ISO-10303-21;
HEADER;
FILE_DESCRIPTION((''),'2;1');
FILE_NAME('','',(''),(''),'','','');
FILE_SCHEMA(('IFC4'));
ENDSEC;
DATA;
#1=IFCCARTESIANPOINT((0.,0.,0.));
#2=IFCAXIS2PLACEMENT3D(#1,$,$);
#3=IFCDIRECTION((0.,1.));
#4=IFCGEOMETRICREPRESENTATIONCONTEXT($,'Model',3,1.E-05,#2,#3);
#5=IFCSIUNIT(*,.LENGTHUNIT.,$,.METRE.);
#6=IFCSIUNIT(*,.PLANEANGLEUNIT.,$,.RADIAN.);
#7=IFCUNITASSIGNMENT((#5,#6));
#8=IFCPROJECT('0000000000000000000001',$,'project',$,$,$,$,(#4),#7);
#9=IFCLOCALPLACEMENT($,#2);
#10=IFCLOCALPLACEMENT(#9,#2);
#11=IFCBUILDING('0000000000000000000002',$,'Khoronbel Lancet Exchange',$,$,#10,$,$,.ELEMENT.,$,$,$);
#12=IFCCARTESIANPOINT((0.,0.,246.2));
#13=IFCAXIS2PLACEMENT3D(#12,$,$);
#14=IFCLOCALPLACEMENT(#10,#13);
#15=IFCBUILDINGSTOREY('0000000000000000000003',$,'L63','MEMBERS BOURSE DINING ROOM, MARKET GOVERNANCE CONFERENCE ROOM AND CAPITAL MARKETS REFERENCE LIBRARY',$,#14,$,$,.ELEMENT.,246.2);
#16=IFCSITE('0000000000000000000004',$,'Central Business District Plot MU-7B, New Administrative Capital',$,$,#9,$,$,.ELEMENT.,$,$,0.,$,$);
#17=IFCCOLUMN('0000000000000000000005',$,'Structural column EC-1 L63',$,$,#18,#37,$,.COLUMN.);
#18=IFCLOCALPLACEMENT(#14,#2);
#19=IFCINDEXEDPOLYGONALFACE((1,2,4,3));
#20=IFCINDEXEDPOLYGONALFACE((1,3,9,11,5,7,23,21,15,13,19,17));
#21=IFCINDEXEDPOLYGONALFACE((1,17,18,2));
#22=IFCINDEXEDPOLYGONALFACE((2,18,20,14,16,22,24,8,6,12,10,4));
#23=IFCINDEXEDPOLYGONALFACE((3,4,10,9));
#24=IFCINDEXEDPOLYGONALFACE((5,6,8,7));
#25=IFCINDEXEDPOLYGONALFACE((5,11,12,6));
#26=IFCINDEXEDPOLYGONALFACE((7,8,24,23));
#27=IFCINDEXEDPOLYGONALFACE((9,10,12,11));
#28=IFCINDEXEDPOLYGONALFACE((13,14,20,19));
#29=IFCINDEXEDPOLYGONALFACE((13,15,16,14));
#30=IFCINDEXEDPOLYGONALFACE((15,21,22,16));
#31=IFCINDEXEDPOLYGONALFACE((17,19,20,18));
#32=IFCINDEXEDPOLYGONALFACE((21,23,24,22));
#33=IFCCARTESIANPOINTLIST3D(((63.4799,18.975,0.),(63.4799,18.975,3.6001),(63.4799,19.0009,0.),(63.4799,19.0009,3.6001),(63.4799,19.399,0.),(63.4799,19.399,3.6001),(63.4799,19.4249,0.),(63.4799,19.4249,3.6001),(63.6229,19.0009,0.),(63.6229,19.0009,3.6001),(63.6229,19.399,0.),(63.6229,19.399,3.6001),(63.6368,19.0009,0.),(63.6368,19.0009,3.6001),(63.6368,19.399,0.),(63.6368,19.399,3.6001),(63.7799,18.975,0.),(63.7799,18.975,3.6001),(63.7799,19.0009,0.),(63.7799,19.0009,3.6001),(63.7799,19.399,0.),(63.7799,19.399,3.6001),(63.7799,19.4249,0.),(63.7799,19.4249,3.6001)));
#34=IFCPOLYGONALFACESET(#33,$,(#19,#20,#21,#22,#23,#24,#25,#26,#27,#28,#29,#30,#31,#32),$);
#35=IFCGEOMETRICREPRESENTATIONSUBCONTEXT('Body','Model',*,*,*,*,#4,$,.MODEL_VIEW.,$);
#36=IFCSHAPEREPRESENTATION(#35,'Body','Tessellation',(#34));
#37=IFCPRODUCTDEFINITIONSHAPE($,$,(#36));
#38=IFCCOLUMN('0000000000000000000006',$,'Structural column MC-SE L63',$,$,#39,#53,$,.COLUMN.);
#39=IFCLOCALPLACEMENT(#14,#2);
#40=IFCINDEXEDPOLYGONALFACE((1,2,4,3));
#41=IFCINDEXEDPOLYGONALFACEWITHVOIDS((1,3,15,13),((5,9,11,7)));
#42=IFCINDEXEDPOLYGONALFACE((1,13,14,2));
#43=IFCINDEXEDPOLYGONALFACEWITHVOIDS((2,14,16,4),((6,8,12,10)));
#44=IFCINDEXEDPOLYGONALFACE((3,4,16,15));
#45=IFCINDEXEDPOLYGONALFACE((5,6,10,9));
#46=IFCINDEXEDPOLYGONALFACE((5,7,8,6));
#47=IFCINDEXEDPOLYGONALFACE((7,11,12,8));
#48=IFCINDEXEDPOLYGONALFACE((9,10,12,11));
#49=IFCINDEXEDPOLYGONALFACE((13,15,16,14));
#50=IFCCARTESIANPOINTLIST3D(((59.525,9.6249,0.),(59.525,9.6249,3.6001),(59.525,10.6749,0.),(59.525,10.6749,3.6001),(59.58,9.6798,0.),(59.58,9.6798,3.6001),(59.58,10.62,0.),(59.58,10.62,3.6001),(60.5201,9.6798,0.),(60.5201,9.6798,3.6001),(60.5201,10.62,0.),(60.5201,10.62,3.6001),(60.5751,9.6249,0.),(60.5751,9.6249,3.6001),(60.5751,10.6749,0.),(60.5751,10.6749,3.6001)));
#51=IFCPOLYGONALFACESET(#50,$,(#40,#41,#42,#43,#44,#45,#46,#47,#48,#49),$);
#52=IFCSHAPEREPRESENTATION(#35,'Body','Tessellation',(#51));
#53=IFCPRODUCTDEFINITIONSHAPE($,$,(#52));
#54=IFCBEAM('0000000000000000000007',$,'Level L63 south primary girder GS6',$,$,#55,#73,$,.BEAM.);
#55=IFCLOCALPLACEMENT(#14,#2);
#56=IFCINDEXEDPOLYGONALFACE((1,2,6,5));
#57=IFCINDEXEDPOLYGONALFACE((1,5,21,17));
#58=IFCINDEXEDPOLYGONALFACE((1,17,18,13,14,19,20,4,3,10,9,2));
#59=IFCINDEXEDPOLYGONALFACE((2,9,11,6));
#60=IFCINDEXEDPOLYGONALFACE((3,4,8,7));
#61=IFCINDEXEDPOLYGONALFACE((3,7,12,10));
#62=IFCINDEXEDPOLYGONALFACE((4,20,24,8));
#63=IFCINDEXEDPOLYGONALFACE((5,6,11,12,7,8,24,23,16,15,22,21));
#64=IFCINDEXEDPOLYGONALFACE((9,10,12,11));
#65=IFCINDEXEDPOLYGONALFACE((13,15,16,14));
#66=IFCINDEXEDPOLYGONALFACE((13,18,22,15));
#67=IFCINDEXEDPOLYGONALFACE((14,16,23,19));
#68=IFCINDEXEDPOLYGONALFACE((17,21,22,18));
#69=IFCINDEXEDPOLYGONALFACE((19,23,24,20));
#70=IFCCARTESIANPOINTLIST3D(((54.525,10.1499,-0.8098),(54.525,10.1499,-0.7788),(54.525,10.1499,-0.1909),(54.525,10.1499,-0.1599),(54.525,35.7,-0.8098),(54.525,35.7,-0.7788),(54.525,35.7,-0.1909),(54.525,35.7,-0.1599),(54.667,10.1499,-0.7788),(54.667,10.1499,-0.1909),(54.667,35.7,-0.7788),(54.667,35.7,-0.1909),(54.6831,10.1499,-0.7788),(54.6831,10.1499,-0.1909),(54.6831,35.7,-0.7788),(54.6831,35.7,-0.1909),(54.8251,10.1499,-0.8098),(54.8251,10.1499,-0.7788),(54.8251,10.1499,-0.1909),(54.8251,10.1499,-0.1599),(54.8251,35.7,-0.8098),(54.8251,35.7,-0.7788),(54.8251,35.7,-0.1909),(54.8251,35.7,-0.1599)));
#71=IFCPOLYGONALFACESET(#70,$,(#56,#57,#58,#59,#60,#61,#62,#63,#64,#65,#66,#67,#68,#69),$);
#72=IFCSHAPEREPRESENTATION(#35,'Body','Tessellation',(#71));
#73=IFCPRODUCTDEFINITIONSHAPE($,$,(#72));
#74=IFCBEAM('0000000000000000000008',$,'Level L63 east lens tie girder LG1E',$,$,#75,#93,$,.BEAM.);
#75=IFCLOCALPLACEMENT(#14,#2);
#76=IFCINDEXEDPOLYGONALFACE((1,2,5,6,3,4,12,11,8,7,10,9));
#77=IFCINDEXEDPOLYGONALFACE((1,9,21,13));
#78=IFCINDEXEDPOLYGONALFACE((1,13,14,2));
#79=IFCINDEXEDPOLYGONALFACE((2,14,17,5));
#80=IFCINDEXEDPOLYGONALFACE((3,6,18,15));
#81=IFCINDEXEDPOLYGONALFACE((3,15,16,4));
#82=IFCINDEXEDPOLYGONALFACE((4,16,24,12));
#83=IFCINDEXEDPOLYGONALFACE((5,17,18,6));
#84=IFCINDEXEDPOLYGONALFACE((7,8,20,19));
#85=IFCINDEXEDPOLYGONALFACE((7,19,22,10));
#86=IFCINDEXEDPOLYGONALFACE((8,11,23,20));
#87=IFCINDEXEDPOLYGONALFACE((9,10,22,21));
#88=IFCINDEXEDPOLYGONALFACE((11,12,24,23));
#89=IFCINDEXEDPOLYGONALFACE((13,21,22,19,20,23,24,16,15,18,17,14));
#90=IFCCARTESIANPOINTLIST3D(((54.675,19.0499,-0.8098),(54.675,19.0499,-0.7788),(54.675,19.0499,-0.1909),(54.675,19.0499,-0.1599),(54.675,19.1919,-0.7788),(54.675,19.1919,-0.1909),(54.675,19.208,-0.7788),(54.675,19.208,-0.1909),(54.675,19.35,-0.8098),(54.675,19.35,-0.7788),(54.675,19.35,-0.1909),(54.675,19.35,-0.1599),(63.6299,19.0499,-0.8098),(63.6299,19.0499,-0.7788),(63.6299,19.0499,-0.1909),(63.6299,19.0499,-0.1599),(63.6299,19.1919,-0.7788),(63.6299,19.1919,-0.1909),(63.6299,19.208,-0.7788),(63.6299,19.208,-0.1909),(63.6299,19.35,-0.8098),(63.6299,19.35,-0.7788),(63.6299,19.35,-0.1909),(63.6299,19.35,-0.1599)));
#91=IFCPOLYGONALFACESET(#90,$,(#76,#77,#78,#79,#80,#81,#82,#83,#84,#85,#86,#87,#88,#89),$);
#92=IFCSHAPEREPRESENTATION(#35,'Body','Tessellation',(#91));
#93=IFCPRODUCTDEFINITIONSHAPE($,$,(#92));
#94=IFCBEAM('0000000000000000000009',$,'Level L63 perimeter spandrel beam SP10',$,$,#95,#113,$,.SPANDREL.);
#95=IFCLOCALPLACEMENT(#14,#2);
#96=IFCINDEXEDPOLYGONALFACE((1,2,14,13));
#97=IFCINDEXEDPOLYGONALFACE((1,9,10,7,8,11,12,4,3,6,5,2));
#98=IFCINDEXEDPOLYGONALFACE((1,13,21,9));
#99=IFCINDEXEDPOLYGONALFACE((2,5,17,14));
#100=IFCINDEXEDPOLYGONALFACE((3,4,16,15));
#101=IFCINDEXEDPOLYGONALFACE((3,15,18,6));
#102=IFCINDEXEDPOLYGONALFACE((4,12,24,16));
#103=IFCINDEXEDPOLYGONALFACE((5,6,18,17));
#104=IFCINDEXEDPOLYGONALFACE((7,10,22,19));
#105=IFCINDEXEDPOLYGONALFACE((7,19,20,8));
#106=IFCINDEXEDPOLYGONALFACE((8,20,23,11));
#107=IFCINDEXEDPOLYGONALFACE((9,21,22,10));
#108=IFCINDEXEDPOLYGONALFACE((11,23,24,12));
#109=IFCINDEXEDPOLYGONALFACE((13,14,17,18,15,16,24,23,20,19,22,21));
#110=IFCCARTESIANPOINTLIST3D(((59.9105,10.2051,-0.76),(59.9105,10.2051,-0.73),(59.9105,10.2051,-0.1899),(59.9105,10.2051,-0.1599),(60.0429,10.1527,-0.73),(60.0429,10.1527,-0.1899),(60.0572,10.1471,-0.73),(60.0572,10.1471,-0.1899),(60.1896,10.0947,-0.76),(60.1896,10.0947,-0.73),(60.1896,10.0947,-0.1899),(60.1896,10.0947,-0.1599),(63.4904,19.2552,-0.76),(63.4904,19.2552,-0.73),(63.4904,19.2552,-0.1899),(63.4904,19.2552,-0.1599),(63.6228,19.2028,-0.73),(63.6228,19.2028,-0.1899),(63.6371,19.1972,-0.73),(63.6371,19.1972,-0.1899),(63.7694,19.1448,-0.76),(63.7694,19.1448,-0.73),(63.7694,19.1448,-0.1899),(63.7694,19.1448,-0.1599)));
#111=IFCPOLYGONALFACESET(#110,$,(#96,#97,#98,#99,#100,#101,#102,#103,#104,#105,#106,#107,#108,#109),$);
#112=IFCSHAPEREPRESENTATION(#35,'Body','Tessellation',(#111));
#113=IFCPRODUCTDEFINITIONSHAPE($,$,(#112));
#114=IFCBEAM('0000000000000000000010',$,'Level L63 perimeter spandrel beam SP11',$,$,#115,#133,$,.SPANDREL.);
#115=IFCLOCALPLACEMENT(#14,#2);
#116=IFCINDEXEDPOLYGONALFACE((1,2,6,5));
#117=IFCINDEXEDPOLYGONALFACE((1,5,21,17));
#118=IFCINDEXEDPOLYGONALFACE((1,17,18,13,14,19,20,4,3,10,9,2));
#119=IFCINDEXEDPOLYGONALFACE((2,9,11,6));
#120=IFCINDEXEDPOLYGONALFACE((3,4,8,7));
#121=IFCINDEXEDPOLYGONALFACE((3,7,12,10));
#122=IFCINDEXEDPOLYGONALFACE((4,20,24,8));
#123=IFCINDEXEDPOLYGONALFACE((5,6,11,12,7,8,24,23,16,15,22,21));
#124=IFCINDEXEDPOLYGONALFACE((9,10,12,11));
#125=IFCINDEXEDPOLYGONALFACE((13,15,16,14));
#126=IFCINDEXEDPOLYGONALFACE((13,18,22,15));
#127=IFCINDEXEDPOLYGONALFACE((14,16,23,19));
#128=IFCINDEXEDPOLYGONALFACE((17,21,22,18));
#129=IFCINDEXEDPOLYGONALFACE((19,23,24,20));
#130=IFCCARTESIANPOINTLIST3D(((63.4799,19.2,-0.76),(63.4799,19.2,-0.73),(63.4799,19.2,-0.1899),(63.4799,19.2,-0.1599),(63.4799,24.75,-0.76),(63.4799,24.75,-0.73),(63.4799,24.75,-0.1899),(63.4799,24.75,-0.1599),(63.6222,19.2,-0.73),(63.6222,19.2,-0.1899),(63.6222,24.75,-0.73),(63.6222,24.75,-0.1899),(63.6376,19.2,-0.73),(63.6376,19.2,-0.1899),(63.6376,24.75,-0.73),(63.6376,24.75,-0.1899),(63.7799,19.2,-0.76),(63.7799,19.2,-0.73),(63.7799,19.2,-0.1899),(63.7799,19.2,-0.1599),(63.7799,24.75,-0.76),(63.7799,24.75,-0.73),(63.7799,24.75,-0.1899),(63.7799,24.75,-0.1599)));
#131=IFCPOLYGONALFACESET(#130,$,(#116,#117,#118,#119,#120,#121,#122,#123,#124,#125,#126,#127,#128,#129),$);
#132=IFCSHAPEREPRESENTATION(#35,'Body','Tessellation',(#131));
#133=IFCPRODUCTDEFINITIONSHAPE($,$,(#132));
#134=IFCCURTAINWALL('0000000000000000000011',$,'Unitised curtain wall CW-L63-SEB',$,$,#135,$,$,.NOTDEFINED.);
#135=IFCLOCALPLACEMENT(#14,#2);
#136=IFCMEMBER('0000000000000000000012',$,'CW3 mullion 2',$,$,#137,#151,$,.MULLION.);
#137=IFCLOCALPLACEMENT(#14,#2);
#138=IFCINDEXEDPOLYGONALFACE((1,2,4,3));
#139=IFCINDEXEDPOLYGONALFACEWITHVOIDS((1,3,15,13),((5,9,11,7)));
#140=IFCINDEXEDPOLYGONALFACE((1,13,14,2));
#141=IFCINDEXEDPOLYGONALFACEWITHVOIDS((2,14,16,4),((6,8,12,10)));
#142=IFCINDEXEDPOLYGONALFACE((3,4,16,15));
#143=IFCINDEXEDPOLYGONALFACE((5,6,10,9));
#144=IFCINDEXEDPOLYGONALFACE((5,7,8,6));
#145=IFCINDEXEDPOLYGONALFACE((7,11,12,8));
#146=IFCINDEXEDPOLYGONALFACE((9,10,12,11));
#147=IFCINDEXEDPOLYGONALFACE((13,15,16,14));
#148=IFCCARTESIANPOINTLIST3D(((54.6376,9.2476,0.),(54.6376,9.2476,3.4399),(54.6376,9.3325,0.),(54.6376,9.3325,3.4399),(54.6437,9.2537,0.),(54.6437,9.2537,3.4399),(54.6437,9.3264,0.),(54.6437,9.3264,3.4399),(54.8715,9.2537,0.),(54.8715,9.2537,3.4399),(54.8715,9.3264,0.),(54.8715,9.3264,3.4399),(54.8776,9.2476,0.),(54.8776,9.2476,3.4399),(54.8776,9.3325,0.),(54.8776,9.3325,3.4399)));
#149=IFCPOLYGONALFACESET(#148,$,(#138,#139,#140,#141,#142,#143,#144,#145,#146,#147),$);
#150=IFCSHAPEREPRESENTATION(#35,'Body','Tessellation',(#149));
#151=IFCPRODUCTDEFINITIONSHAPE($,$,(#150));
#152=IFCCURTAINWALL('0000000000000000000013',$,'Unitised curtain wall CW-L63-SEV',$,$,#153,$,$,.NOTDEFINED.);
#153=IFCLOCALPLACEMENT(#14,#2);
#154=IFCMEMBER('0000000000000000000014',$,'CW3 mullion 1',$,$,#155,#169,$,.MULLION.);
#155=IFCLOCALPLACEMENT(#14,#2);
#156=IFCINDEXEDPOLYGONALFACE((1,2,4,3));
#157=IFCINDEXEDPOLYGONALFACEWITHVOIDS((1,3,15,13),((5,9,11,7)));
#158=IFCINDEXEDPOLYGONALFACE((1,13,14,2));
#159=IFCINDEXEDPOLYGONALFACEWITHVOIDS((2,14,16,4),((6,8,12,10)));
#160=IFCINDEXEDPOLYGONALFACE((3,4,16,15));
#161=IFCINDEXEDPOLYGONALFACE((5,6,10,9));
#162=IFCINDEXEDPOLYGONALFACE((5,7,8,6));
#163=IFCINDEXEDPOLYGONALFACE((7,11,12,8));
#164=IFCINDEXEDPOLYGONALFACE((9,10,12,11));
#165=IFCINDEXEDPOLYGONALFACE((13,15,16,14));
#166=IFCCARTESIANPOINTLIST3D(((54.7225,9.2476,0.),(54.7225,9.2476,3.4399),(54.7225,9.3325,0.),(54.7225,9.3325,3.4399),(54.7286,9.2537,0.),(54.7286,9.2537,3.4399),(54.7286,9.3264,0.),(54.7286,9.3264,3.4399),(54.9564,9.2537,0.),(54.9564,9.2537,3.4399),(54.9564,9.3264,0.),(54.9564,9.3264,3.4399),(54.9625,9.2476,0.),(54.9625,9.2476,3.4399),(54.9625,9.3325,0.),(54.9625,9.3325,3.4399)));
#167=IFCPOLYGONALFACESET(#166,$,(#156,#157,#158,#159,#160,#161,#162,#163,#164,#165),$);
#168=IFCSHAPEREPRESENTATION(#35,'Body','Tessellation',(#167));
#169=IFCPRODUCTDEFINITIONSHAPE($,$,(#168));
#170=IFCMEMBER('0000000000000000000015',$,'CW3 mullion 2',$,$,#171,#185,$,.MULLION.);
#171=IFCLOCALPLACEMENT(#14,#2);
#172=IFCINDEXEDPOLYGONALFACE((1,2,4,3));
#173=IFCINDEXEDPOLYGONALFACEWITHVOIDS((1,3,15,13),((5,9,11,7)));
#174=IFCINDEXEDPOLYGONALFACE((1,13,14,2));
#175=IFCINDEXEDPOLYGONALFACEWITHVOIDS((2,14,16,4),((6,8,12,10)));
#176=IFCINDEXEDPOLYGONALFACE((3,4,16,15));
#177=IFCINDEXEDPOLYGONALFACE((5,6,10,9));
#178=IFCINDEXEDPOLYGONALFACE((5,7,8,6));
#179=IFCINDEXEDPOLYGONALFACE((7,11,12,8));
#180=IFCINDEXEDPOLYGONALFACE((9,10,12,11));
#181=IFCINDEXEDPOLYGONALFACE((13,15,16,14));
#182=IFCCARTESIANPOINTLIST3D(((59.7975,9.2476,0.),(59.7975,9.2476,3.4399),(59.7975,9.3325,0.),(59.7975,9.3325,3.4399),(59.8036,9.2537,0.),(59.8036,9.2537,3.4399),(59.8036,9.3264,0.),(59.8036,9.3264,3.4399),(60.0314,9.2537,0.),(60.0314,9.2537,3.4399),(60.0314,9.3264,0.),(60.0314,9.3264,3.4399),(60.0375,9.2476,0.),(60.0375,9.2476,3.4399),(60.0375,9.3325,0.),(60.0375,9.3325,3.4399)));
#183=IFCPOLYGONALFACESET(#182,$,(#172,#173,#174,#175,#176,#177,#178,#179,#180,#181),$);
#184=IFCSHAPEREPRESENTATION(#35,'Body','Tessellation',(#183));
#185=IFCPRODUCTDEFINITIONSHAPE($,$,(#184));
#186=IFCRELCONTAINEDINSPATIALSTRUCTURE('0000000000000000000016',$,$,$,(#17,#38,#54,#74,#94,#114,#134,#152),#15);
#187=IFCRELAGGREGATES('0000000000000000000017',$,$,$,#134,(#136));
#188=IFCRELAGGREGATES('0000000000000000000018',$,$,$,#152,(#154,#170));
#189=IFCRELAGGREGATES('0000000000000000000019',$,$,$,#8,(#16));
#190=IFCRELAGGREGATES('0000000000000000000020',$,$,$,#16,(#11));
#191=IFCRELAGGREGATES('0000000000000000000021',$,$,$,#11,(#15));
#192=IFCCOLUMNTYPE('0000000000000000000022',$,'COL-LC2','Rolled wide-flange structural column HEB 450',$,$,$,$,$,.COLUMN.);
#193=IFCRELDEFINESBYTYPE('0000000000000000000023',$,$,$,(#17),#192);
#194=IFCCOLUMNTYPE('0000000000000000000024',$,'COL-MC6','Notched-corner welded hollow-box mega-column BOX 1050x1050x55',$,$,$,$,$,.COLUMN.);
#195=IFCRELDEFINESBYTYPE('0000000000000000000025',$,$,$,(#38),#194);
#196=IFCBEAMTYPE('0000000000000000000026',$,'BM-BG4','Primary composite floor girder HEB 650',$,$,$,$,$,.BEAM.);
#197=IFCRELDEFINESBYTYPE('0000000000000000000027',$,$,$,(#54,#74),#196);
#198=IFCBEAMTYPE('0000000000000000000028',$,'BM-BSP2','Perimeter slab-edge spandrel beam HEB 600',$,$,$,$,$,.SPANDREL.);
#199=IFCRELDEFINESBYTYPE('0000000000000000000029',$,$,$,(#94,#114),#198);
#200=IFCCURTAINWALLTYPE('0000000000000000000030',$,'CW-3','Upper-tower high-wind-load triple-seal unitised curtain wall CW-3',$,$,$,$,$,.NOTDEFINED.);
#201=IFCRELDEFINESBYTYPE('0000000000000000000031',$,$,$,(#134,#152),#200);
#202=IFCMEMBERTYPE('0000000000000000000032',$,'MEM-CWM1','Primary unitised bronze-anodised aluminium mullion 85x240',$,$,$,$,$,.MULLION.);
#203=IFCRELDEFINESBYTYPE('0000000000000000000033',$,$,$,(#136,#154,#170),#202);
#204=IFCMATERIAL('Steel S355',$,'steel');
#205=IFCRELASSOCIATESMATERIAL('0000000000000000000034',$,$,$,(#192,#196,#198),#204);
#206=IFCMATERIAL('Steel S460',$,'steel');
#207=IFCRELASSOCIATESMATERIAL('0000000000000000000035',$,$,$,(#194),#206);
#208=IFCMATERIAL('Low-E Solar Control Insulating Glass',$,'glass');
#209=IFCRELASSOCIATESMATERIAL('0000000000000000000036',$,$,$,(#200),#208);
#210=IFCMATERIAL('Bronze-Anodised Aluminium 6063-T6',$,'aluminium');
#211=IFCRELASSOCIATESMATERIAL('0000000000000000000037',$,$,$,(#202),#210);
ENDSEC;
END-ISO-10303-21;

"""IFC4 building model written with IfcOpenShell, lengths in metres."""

from ifc_helpers import new_model, si_unit, direction, frame, origin, origin_2d, place, context, subcontext, project, spatial, hollow_rectangle, i_section, extrude, material, material_profile, profile_set, type_object, element, aggregate, save


model = new_model("IFC4")

# Units and contexts
model_context = context("Model", 3, precision=1e-05, world=origin(), true_north=direction((0.0, 1.0)))
body_context = subcontext(model_context, "Body", "Model", "MODEL_VIEW")
ifc_project = project(units=[si_unit("LENGTHUNIT", "METRE"), si_unit("PLANEANGLEUNIT", "RADIAN")], contexts=[model_context])

# Site, building, storey
site_placement = place(None, origin())
site = spatial("IfcSite", under=ifc_project, at=site_placement, Name="Central Business District Plot MU-7B, New Administrative Capital", CompositionType="ELEMENT", RefElevation=0.0)
building_placement = place(site_placement, origin())
building = spatial("IfcBuilding", under=site, at=building_placement, Name="Khoronbel Lancet Exchange", CompositionType="ELEMENT")
storey_placement = place(building_placement, frame((0.0, 0.0, 246.2)))
storey = spatial("IfcBuildingStorey", under=building, at=storey_placement, Name="L63", Description="MEMBERS BOURSE DINING ROOM, MARKET GOVERNANCE CONFERENCE ROOM AND CAPITAL MARKETS REFERENCE LIBRARY", CompositionType="ELEMENT", Elevation=246.2)

# Columns
ifc_material_1 = material(Name="Steel S355", Category="steel")
ifc_material_profile_1 = material_profile(ifc_material_1, i_section(OverallWidth=0.3, OverallDepth=0.45, WebThickness=0.0139, FlangeThickness=0.0259, at=origin_2d()), Name="HEB 450")
ifc_profile_set_1 = profile_set([ifc_material_profile_1], Name="Steel S355")
column_type_1 = type_object("IfcColumnType", Name="COL-LC2", Description="Rolled wide-flange structural column HEB 450", PredefinedType="COLUMN", material=ifc_profile_set_1)
column_1_placement = place(storey_placement, frame((63.6299, 19.2, 0.0), z_axis=(0.0, 0.0, 1.0), x_axis=(1.0, 0.0, 0.0)))
element("IfcColumn", 1, at=column_1_placement, inside=storey, type_object=column_type_1, Name="Structural column EC-1 L63", PredefinedType="COLUMN", context=body_context, shape_type="SweptSolid", body=[
    extrude(i_section(OverallWidth=0.3, OverallDepth=0.45, WebThickness=0.0139, FlangeThickness=0.0259, at=origin_2d()), origin(), (0.0, 0.0, 1.0), 3.6001),
])
ifc_material_2 = material(Name="Steel S460", Category="steel")
ifc_material_profile_2 = material_profile(ifc_material_2, hollow_rectangle(XDim=1.05, YDim=1.05, WallThickness=0.0549, at=origin_2d()), Name="BOX 1050x1050x55")
ifc_profile_set_2 = profile_set([ifc_material_profile_2], Name="Steel S460")
column_type_2 = type_object("IfcColumnType", Name="COL-MC6", Description="Notched-corner welded hollow-box mega-column BOX 1050x1050x55", PredefinedType="COLUMN", material=ifc_profile_set_2)
column_2_placement = place(storey_placement, frame((60.05, 10.1499, 0.0), z_axis=(0.0, 0.0, 1.0), x_axis=(1.0, 0.0, 0.0)))
element("IfcColumn", 2, at=column_2_placement, inside=storey, type_object=column_type_2, Name="Structural column MC-SE L63", PredefinedType="COLUMN", context=body_context, shape_type="SweptSolid", body=[
    extrude(hollow_rectangle(XDim=1.05, YDim=1.05, WallThickness=0.0549, at=origin_2d()), origin(), (0.0, 0.0, 1.0), 3.6001),
])

# Beams
ifc_material_profile_3 = material_profile(ifc_material_1, i_section(OverallWidth=0.3, OverallDepth=0.6499, WebThickness=0.0161, FlangeThickness=0.031, at=origin_2d()), Name="HEB 650")
ifc_profile_set_3 = profile_set([ifc_material_profile_3], Name="Steel S355")
beam_type_1 = type_object("IfcBeamType", Name="BM-BG4", Description="Primary composite floor girder HEB 650", PredefinedType="BEAM", material=ifc_profile_set_3)
beam_1_placement = place(storey_placement, frame((54.675, 10.1499, -0.4849), z_axis=(0.0, 1.0, 0.0), x_axis=(-1.0, 0.0, 0.0)))
element("IfcBeam", 3, at=beam_1_placement, inside=storey, type_object=beam_type_1, Name="Level L63 south primary girder GS6", PredefinedType="BEAM", context=body_context, shape_type="SweptSolid", body=[
    extrude(i_section(OverallWidth=0.3, OverallDepth=0.6499, WebThickness=0.0161, FlangeThickness=0.031, at=origin_2d()), origin(), (0.0, 0.0, 1.0), 25.55),
])
beam_2_placement = place(storey_placement, frame((54.675, 19.2, -0.4849), z_axis=(1.0, 0.0, 0.0), x_axis=(0.0, 1.0, 0.0)))
element("IfcBeam", 4, at=beam_2_placement, inside=storey, type_object=beam_type_1, Name="Level L63 east lens tie girder LG1E", PredefinedType="BEAM", context=body_context, shape_type="SweptSolid", body=[
    extrude(i_section(OverallWidth=0.3, OverallDepth=0.6499, WebThickness=0.0161, FlangeThickness=0.031, at=origin_2d()), origin(), (0.0, 0.0, 1.0), 8.9548),
])
ifc_material_profile_4 = material_profile(ifc_material_1, i_section(OverallWidth=0.3, OverallDepth=0.6001, WebThickness=0.0154, FlangeThickness=0.03, at=origin_2d()), Name="HEB 600")
ifc_profile_set_4 = profile_set([ifc_material_profile_4], Name="Steel S355")
beam_type_2 = type_object("IfcBeamType", Name="BM-BSP2", Description="Perimeter slab-edge spandrel beam HEB 600", PredefinedType="SPANDREL", material=ifc_profile_set_4)
beam_3_placement = place(storey_placement, frame((60.05, 10.1499, -0.46), z_axis=(0.367828, 0.929894, 0.0), x_axis=(-0.929894, 0.367828, 0.0)))
element("IfcBeam", 5, at=beam_3_placement, inside=storey, type_object=beam_type_2, Name="Level L63 perimeter spandrel beam SP10", PredefinedType="SPANDREL", context=body_context, shape_type="SweptSolid", body=[
    extrude(i_section(OverallWidth=0.3, OverallDepth=0.6001, WebThickness=0.0154, FlangeThickness=0.03, at=origin_2d()), origin(), (0.0, 0.0, 1.0), 9.7324),
])
beam_4_placement = place(storey_placement, frame((63.6299, 19.2, -0.46), z_axis=(0.0, 1.0, 0.0), x_axis=(-1.0, 0.0, 0.0)))
element("IfcBeam", 6, at=beam_4_placement, inside=storey, type_object=beam_type_2, Name="Level L63 perimeter spandrel beam SP11", PredefinedType="SPANDREL", context=body_context, shape_type="SweptSolid", body=[
    extrude(i_section(OverallWidth=0.3, OverallDepth=0.6001, WebThickness=0.0154, FlangeThickness=0.03, at=origin_2d()), origin(), (0.0, 0.0, 1.0), 5.55),
])

# Curtain wall, member
ifc_material_3 = material(Name="Low-E Solar Control Insulating Glass", Category="glass")
curtain_wall_type_1 = type_object("IfcCurtainWallType", Name="CW-3", Description="Upper-tower high-wind-load triple-seal unitised curtain wall CW-3", PredefinedType="NOTDEFINED", material=ifc_material_3)
curtain_wall_1_placement = place(storey_placement, origin())
curtain_wall_1 = element("IfcCurtainWall", 7, at=curtain_wall_1_placement, inside=storey, type_object=curtain_wall_type_1, Name="Unitised curtain wall CW-L63-SEB", PredefinedType="NOTDEFINED")
ifc_material_4 = material(Name="Bronze-Anodised Aluminium 6063-T6", Category="aluminium")
ifc_material_profile_5 = material_profile(ifc_material_4, hollow_rectangle(XDim=0.085, YDim=0.24, WallThickness=0.0061, at=origin_2d()), Name="ALU MULLION 85x240")
ifc_profile_set_5 = profile_set([ifc_material_profile_5], Name="Bronze-Anodised Aluminium 6063-T6")
member_type_1 = type_object("IfcMemberType", Name="MEM-CWM1", Description="Primary unitised bronze-anodised aluminium mullion 85x240", PredefinedType="MULLION", material=ifc_profile_set_5)
member_1_placement = place(storey_placement, frame((54.7576, 9.29, 0.0), z_axis=(0.0, 0.0, 1.0), x_axis=(0.0, 1.0, 0.0)))
member_1 = element("IfcMember", 8, at=member_1_placement, type_object=member_type_1, Name="CW3 mullion 2", PredefinedType="MULLION", context=body_context, shape_type="SweptSolid", body=[
    extrude(hollow_rectangle(XDim=0.085, YDim=0.24, WallThickness=0.0061, at=origin_2d()), origin(), (0.0, 0.0, 1.0), 3.4399),
])
aggregate(curtain_wall_1, [member_1])

# Curtain wall, members
curtain_wall_2_placement = place(storey_placement, origin())
curtain_wall_2 = element("IfcCurtainWall", 9, at=curtain_wall_2_placement, inside=storey, type_object=curtain_wall_type_1, Name="Unitised curtain wall CW-L63-SEV", PredefinedType="NOTDEFINED")
member_2_placement = place(storey_placement, frame((54.8425, 9.29, 0.0), z_axis=(0.0, 0.0, 1.0), x_axis=(0.0, 1.0, 0.0)))
member_2 = element("IfcMember", 10, at=member_2_placement, type_object=member_type_1, Name="CW3 mullion 1", PredefinedType="MULLION", context=body_context, shape_type="SweptSolid", body=[
    extrude(hollow_rectangle(XDim=0.085, YDim=0.24, WallThickness=0.0061, at=origin_2d()), origin(), (0.0, 0.0, 1.0), 3.4399),
])
member_3_placement = place(storey_placement, frame((59.9175, 9.29, 0.0), z_axis=(0.0, 0.0, 1.0), x_axis=(0.0, 1.0, 0.0)))
member_3 = element("IfcMember", 11, at=member_3_placement, type_object=member_type_1, Name="CW3 mullion 2", PredefinedType="MULLION", context=body_context, shape_type="SweptSolid", body=[
    extrude(hollow_rectangle(XDim=0.085, YDim=0.24, WallThickness=0.0061, at=origin_2d()), origin(), (0.0, 0.0, 1.0), 3.4399),
])

aggregate(curtain_wall_2, [member_2, member_3])

save(model, "model.ifc")
